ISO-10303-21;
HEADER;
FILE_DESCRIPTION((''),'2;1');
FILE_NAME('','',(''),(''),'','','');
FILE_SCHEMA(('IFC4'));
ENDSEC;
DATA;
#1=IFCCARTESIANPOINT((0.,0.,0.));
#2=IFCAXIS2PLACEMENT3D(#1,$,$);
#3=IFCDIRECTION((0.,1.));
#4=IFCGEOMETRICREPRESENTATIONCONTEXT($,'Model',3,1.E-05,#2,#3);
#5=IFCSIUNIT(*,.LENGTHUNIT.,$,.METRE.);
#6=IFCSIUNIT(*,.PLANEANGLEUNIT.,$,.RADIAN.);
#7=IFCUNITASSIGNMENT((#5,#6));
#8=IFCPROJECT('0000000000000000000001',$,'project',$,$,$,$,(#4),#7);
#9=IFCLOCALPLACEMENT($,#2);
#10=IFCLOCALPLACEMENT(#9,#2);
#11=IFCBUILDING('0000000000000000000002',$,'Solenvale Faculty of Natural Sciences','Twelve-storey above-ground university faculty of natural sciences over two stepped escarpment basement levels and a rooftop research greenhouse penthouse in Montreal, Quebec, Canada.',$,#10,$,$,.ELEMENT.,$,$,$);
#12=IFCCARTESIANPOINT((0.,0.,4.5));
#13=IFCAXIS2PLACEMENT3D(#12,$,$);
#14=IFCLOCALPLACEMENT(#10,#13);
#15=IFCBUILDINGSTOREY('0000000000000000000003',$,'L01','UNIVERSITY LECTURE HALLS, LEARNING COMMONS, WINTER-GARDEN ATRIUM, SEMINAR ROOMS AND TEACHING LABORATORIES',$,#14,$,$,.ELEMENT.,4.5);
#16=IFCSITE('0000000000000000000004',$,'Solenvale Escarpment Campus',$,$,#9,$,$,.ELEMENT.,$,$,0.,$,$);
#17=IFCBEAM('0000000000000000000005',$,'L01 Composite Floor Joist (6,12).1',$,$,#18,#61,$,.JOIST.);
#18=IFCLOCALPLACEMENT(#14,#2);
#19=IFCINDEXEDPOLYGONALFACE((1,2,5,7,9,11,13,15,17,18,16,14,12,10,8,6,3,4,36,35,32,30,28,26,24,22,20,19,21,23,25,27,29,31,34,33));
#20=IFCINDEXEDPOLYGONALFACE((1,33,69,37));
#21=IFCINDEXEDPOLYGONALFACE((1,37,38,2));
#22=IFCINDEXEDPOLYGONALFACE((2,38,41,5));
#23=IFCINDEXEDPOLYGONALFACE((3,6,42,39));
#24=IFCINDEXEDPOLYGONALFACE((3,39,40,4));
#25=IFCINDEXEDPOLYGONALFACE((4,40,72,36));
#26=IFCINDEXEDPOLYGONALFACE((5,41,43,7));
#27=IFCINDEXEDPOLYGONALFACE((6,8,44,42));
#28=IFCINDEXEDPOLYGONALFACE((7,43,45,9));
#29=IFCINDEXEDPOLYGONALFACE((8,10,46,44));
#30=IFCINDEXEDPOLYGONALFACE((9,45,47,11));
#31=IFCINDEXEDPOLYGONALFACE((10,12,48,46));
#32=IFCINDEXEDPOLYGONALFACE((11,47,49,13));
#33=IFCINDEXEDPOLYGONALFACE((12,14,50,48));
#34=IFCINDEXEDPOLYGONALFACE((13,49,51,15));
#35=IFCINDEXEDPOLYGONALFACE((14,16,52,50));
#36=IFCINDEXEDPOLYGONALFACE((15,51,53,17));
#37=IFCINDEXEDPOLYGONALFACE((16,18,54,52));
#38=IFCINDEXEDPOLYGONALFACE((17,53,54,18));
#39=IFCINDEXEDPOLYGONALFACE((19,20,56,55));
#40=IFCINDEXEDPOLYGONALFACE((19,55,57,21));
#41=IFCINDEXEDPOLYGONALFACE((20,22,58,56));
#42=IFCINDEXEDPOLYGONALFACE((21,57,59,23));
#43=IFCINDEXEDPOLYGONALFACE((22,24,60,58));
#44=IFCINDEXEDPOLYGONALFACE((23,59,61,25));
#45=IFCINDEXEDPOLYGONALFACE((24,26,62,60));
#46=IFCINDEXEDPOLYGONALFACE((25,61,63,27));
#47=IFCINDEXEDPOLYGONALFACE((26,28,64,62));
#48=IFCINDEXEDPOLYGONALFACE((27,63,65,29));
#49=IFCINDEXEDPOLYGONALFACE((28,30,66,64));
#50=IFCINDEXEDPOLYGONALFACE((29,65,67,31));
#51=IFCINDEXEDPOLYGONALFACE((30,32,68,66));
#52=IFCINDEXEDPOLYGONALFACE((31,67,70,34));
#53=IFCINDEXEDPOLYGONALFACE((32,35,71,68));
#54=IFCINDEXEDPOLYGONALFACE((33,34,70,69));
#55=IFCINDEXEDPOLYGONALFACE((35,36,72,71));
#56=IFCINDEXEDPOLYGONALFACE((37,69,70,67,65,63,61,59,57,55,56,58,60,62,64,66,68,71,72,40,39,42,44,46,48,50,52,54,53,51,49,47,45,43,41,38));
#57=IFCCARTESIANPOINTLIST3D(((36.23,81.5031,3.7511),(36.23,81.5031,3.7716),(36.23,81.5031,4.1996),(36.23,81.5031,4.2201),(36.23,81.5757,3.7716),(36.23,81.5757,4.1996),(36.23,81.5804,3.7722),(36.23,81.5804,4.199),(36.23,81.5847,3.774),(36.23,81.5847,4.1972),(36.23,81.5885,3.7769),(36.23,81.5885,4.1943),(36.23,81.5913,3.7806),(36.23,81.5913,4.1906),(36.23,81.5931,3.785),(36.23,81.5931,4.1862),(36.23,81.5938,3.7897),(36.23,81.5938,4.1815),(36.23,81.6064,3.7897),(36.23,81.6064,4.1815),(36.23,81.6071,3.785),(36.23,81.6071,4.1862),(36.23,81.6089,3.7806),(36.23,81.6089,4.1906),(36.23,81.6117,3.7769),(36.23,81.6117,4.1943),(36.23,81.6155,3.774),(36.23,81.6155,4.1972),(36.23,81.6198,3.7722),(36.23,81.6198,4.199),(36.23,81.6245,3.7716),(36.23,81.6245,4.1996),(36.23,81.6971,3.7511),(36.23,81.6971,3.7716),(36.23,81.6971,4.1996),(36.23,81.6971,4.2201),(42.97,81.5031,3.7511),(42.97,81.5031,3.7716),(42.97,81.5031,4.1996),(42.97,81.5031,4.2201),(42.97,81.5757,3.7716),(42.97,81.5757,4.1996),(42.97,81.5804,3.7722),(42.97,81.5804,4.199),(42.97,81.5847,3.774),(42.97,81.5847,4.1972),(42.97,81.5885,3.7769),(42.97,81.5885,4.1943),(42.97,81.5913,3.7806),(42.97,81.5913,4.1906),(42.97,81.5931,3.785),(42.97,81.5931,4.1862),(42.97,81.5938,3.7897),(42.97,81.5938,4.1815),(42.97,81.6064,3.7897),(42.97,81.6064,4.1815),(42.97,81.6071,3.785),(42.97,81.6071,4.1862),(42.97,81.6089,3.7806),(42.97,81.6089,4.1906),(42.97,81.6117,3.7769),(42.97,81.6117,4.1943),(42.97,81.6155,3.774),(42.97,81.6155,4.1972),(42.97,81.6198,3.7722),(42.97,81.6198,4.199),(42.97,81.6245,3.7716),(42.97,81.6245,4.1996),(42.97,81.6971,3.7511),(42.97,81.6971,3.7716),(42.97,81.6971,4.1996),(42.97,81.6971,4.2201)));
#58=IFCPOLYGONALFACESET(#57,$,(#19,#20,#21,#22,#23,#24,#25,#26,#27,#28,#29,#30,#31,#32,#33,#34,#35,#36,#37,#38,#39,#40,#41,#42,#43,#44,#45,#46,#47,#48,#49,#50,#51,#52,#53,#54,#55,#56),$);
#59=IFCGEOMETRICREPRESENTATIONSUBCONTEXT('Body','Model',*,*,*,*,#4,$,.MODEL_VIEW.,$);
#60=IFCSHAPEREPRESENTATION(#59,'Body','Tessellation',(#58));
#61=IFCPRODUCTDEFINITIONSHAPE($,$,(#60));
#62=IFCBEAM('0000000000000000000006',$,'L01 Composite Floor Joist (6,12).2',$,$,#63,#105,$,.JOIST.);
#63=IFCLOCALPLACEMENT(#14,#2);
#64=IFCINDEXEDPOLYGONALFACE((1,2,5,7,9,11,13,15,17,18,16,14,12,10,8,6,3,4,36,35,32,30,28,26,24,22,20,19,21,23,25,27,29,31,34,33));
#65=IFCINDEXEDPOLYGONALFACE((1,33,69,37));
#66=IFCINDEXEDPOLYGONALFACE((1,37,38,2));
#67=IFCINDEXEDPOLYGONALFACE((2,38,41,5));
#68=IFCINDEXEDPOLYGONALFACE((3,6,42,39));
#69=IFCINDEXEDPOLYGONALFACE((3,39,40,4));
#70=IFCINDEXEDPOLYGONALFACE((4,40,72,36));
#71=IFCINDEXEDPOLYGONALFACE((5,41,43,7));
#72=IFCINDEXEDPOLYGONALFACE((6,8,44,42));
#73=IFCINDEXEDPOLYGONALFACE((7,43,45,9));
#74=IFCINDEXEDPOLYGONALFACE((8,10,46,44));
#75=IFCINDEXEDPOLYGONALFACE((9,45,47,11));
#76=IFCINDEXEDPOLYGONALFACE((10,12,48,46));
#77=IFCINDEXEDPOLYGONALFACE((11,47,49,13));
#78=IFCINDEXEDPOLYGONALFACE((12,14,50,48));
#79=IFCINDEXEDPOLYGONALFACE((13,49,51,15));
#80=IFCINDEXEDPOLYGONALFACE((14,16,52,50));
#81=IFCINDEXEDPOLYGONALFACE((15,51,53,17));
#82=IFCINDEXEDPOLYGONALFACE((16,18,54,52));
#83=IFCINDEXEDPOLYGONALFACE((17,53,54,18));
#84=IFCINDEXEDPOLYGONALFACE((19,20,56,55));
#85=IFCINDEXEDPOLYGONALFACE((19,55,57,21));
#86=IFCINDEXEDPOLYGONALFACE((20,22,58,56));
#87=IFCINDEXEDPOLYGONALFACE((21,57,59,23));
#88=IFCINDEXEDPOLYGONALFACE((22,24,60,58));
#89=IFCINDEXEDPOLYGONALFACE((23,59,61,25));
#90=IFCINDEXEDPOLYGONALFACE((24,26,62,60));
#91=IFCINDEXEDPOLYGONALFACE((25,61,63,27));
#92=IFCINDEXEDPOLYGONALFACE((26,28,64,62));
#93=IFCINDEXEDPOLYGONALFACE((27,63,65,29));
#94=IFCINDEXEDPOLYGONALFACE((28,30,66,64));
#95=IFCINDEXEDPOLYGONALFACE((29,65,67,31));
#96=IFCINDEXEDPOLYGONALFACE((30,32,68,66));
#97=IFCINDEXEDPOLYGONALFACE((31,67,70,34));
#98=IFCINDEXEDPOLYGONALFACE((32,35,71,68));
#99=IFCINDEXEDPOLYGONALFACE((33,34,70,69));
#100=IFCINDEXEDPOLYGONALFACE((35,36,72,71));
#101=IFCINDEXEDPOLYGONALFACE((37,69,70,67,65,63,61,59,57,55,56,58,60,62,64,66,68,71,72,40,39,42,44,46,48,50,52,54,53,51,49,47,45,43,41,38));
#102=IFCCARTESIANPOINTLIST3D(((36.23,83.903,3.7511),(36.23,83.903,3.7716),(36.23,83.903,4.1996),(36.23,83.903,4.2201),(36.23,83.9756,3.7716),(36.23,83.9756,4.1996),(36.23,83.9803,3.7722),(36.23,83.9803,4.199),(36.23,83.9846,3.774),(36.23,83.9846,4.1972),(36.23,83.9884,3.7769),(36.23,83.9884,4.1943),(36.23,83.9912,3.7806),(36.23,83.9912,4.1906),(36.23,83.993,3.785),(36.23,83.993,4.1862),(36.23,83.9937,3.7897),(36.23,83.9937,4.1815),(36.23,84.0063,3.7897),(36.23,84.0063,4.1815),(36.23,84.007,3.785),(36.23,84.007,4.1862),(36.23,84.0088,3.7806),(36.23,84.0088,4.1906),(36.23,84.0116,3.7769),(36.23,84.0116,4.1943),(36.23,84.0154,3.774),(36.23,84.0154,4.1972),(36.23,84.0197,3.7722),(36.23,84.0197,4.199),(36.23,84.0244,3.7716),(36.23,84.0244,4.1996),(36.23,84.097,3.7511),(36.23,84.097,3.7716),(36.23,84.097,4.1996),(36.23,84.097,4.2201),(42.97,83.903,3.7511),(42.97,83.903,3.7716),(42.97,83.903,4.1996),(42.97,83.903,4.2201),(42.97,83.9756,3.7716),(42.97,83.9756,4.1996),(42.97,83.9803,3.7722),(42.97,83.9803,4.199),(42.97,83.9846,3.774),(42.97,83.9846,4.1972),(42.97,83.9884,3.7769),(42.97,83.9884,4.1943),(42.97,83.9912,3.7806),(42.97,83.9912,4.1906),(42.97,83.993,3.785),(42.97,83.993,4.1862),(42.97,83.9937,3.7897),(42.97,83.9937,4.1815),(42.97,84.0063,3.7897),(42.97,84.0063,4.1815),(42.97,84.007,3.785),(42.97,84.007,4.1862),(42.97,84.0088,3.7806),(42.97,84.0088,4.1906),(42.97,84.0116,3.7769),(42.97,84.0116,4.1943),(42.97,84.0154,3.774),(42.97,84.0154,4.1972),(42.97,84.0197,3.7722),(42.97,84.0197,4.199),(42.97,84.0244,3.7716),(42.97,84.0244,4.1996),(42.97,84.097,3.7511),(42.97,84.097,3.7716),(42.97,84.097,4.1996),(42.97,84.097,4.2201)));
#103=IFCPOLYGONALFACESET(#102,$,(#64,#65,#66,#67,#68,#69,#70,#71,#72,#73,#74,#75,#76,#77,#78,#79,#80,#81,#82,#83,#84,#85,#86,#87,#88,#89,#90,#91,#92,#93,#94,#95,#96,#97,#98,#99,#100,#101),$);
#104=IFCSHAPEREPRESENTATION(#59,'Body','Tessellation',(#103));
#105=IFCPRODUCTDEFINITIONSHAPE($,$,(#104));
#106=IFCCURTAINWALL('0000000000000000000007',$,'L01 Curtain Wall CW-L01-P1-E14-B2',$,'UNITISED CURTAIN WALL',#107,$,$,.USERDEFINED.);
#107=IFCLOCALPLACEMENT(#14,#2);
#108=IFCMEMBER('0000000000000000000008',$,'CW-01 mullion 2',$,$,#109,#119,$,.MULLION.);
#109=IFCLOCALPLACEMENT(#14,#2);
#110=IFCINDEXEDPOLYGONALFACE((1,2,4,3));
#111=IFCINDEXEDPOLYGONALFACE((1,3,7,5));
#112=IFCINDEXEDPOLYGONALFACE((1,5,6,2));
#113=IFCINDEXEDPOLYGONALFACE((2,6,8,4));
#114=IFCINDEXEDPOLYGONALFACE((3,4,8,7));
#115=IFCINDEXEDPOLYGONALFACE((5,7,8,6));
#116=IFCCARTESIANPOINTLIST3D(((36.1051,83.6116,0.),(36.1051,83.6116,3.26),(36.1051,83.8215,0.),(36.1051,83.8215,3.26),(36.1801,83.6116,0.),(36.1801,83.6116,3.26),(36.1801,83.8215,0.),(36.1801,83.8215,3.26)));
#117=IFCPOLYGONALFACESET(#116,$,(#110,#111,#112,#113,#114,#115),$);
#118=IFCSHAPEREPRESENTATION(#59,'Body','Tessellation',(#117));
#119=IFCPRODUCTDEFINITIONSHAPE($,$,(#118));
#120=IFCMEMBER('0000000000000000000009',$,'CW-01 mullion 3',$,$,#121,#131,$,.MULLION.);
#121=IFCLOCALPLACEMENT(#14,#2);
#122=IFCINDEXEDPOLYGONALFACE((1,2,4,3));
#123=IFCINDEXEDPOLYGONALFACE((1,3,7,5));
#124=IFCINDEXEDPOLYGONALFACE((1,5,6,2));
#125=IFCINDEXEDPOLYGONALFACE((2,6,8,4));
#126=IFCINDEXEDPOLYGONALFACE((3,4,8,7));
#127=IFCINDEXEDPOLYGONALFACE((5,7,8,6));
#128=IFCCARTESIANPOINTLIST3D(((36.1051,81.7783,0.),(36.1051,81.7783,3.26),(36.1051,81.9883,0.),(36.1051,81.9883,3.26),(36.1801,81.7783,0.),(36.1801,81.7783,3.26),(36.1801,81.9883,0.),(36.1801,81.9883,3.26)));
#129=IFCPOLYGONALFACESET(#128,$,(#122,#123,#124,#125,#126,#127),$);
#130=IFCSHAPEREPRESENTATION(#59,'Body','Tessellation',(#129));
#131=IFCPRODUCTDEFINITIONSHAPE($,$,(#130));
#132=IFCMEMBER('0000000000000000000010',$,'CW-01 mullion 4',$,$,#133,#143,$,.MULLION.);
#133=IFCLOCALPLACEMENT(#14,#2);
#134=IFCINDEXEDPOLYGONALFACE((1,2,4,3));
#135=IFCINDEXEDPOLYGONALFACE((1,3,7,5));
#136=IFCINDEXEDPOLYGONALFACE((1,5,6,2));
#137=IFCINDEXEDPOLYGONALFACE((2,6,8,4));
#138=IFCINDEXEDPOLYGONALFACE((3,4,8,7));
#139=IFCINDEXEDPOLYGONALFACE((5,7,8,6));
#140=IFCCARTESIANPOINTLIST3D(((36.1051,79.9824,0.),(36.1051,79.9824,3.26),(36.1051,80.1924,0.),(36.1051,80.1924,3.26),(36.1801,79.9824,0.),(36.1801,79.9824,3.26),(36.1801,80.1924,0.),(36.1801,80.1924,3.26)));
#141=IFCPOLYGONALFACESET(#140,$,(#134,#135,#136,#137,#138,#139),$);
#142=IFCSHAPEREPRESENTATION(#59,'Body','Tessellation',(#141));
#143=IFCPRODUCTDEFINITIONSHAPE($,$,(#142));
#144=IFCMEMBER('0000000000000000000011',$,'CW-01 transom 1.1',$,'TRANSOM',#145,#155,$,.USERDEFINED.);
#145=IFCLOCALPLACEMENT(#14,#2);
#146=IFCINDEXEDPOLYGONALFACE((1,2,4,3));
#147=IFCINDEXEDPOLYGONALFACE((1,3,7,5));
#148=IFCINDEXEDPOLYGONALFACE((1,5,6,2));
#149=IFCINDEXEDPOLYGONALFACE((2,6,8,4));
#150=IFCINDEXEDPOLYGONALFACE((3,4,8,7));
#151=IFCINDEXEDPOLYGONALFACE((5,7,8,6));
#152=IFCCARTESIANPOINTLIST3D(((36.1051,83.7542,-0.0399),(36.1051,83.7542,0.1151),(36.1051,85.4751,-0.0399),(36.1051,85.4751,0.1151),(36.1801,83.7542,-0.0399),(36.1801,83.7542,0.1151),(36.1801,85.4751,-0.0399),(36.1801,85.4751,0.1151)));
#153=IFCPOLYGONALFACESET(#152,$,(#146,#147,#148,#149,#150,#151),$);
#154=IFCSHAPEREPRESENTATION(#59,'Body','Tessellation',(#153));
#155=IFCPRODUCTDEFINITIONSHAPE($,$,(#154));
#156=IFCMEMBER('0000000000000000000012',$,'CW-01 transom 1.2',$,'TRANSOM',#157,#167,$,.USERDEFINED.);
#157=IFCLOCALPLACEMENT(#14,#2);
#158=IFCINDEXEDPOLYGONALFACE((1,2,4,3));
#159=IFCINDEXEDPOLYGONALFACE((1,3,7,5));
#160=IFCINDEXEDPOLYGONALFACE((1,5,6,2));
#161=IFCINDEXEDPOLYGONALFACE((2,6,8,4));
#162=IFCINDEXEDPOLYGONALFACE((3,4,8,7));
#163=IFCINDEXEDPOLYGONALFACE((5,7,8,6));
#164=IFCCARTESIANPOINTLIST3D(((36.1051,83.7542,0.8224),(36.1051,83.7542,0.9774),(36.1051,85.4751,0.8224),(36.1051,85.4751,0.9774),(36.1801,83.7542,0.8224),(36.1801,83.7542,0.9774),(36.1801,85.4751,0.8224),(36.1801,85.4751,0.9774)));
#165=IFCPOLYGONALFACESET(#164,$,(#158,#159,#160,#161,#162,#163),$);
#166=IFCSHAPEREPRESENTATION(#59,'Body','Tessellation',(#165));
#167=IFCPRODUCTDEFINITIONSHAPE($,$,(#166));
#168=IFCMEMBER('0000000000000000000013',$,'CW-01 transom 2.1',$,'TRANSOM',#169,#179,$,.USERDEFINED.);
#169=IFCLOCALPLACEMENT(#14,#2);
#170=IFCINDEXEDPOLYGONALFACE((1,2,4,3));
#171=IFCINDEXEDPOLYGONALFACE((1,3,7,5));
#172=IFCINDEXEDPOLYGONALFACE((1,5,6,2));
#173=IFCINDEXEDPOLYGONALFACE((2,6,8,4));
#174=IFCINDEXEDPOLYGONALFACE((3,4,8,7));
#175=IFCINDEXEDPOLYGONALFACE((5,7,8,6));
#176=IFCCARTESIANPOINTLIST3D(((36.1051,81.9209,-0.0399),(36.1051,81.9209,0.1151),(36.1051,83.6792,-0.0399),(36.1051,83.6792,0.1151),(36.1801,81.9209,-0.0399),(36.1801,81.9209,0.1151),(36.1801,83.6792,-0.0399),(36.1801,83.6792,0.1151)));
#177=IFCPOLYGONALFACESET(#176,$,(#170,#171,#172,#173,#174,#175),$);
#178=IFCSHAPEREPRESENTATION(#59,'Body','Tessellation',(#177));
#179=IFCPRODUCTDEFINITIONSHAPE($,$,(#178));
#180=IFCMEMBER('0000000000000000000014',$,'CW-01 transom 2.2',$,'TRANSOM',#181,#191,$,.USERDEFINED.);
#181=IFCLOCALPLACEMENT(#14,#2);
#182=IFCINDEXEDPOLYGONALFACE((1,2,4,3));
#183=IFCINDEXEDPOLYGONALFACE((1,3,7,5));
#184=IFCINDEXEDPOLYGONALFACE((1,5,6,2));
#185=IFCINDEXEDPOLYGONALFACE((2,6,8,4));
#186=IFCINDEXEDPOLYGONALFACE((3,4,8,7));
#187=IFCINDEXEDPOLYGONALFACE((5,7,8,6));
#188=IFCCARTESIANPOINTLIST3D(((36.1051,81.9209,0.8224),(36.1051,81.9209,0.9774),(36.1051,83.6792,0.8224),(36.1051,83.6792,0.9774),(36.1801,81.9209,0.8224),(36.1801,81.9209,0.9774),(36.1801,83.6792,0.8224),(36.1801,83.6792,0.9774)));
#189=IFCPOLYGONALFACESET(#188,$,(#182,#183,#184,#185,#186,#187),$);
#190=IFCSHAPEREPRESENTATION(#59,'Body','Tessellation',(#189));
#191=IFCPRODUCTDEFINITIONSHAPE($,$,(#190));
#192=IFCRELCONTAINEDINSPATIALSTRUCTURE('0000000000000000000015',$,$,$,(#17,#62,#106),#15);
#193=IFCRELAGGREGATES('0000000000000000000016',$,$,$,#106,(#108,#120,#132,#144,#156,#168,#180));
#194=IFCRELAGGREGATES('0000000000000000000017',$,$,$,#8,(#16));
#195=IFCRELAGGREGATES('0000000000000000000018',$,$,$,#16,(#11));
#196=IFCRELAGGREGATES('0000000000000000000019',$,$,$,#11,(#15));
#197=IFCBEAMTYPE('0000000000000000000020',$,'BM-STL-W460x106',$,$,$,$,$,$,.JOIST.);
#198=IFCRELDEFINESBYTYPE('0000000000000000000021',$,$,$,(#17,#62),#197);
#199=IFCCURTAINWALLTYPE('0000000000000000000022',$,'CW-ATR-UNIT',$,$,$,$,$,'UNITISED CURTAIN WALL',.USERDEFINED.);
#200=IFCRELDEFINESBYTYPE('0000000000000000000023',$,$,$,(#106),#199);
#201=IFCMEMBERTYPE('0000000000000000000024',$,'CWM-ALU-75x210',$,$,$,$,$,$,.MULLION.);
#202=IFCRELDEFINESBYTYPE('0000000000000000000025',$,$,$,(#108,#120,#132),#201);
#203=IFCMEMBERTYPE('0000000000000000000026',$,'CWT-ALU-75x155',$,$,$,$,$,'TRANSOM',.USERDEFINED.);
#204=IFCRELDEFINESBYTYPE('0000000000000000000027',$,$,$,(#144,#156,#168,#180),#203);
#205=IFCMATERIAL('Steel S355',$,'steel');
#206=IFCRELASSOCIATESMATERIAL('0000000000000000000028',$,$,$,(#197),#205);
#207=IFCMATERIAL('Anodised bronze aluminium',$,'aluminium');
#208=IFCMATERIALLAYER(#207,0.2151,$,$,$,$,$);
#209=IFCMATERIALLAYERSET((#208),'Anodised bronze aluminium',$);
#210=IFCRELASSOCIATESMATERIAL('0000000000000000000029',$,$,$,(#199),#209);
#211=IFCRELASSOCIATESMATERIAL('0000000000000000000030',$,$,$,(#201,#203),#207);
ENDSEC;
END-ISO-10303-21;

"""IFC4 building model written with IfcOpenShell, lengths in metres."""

from ifc_helpers import new_model, si_unit, direction, frame, origin, origin_2d, place, context, subcontext, project, spatial, rectangle, i_section, extrude, material, layer, layer_set, material_profile, profile_set, type_object, element, aggregate, save


model = new_model("IFC4")

# Units and contexts
model_context = context("Model", 3, precision=1e-05, world=origin(), true_north=direction((0.0, 1.0)))
body_context = subcontext(model_context, "Body", "Model", "MODEL_VIEW")
ifc_project = project(units=[si_unit("LENGTHUNIT", "METRE"), si_unit("PLANEANGLEUNIT", "RADIAN")], contexts=[model_context])

# Site, building, storey
site_placement = place(None, origin())
site = spatial("IfcSite", under=ifc_project, at=site_placement, Name="Solenvale Escarpment Campus", CompositionType="ELEMENT", RefElevation=0.0)
building_placement = place(site_placement, origin())
building = spatial("IfcBuilding", under=site, at=building_placement, Name="Solenvale Faculty of Natural Sciences", Description="Twelve-storey above-ground university faculty of natural sciences over two stepped escarpment basement levels and a rooftop research greenhouse penthouse in Montreal, Quebec, Canada.", CompositionType="ELEMENT")
storey_placement = place(building_placement, frame((0.0, 0.0, 4.5)))
storey = spatial("IfcBuildingStorey", under=building, at=storey_placement, Name="L01", Description="UNIVERSITY LECTURE HALLS, LEARNING COMMONS, WINTER-GARDEN ATRIUM, SEMINAR ROOMS AND TEACHING LABORATORIES", CompositionType="ELEMENT", Elevation=4.5)

# Beams
ifc_material_1 = material(Name="Steel S355", Category="steel")
ifc_material_profile_1 = material_profile(ifc_material_1, i_section(OverallWidth=0.1941, OverallDepth=0.469, WebThickness=0.0127, FlangeThickness=0.0205, FilletRadius=0.0181, at=origin_2d()), Name="W460x106")
ifc_profile_set_1 = profile_set([ifc_material_profile_1], Name="Steel S355")
beam_type = type_object("IfcBeamType", Name="BM-STL-W460x106", PredefinedType="JOIST", material=ifc_profile_set_1)
for number, where, z_axis, x_axis, name in (
    (1, (36.23, 81.6001, 3.9856), (1.0, 0.0, 0.0), (0.0, 1.0, 0.0), "L01 Composite Floor Joist (6,12).1"),
    (2, (36.23, 84.0, 3.9856), (1.0, 0.0, 0.0), (0.0, 1.0, 0.0), "L01 Composite Floor Joist (6,12).2"),
):
    element("IfcBeam", number, at=place(storey_placement, frame(where, z_axis=z_axis, x_axis=x_axis)), inside=storey, type_object=beam_type, Name=name, PredefinedType="JOIST", context=body_context, shape_type="SweptSolid", body=[
        extrude(i_section(OverallWidth=0.1941, OverallDepth=0.469, WebThickness=0.0127, FlangeThickness=0.0205, FilletRadius=0.0181, at=origin_2d()), origin(), (0.0, 0.0, 1.0), 6.74),
    ])

# Curtain wall, members
ifc_material_2 = material(Name="Anodised bronze aluminium", Category="aluminium")
ifc_layer_1 = layer(ifc_material_2, 0.2151)
ifc_layer_set_1 = layer_set([ifc_layer_1], Name="Anodised bronze aluminium")
curtain_wall_type = type_object("IfcCurtainWallType", Name="CW-ATR-UNIT", ElementType="UNITISED CURTAIN WALL", PredefinedType="USERDEFINED", material=ifc_layer_set_1)
curtain_wall_placement = place(storey_placement, origin())
curtain_wall = element("IfcCurtainWall", 3, at=curtain_wall_placement, inside=storey, type_object=curtain_wall_type, Name="L01 Curtain Wall CW-L01-P1-E14-B2", ObjectType="UNITISED CURTAIN WALL", PredefinedType="USERDEFINED")
ifc_material_profile_2 = material_profile(ifc_material_2, rectangle(XDim=0.075, YDim=0.21, at=origin_2d()), Name="ALU-MUL-75x210")
ifc_profile_set_2 = profile_set([ifc_material_profile_2], Name="Anodised bronze aluminium")
member_type_1 = type_object("IfcMemberType", Name="CWM-ALU-75x210", PredefinedType="MULLION", material=ifc_profile_set_2)
member_1_placement = place(storey_placement, frame((36.1426, 83.7166, 0.0), z_axis=(0.0, 0.0, 1.0), x_axis=(1.0, 0.0, 0.0)))
member_1 = element("IfcMember", 4, at=member_1_placement, type_object=member_type_1, Name="CW-01 mullion 2", PredefinedType="MULLION", context=body_context, shape_type="SweptSolid", body=[
    extrude(rectangle(XDim=0.075, YDim=0.21, at=origin_2d()), origin(), (0.0, 0.0, 1.0), 3.26),
])
member_2_placement = place(storey_placement, frame((36.1426, 81.8833, 0.0), z_axis=(0.0, 0.0, 1.0), x_axis=(1.0, 0.0, 0.0)))
member_2 = element("IfcMember", 5, at=member_2_placement, type_object=member_type_1, Name="CW-01 mullion 3", PredefinedType="MULLION", context=body_context, shape_type="SweptSolid", body=[
    extrude(rectangle(XDim=0.075, YDim=0.21, at=origin_2d()), origin(), (0.0, 0.0, 1.0), 3.26),
])
member_3_placement = place(storey_placement, frame((36.1426, 80.0874, 0.0), z_axis=(0.0, 0.0, 1.0), x_axis=(1.0, 0.0, 0.0)))
member_3 = element("IfcMember", 6, at=member_3_placement, type_object=member_type_1, Name="CW-01 mullion 4", PredefinedType="MULLION", context=body_context, shape_type="SweptSolid", body=[
    extrude(rectangle(XDim=0.075, YDim=0.21, at=origin_2d()), origin(), (0.0, 0.0, 1.0), 3.26),
])
ifc_material_profile_3 = material_profile(ifc_material_2, rectangle(XDim=0.075, YDim=0.155, at=origin_2d()), Name="ALU-TRN-75x155")
ifc_profile_set_3 = profile_set([ifc_material_profile_3], Name="Anodised bronze aluminium")
member_type_2 = type_object("IfcMemberType", Name="CWT-ALU-75x155", ElementType="TRANSOM", PredefinedType="USERDEFINED", material=ifc_profile_set_3)
member_4_placement = place(storey_placement, frame((36.1426, 85.4751, 0.0376), z_axis=(0.0, -1.0, 0.0), x_axis=(1.0, 0.0, 0.0)))
member_4 = element("IfcMember", 7, at=member_4_placement, type_object=member_type_2, Name="CW-01 transom 1.1", ObjectType="TRANSOM", PredefinedType="USERDEFINED", context=body_context, shape_type="SweptSolid", body=[
    extrude(rectangle(XDim=0.075, YDim=0.155, at=origin_2d()), origin(), (0.0, 0.0, 1.0), 1.7209),
])
member_5_placement = place(storey_placement, frame((36.1426, 85.4751, 0.8999), z_axis=(0.0, -1.0, 0.0), x_axis=(1.0, 0.0, 0.0)))
member_5 = element("IfcMember", 8, at=member_5_placement, type_object=member_type_2, Name="CW-01 transom 1.2", ObjectType="TRANSOM", PredefinedType="USERDEFINED", context=body_context, shape_type="SweptSolid", body=[
    extrude(rectangle(XDim=0.075, YDim=0.155, at=origin_2d()), origin(), (0.0, 0.0, 1.0), 1.7209),
])
member_6_placement = place(storey_placement, frame((36.1426, 83.6792, 0.0376), z_axis=(0.0, -1.0, 0.0), x_axis=(1.0, 0.0, 0.0)))
member_6 = element("IfcMember", 9, at=member_6_placement, type_object=member_type_2, Name="CW-01 transom 2.1", ObjectType="TRANSOM", PredefinedType="USERDEFINED", context=body_context, shape_type="SweptSolid", body=[
    extrude(rectangle(XDim=0.075, YDim=0.155, at=origin_2d()), origin(), (0.0, 0.0, 1.0), 1.7583),
])
member_7_placement = place(storey_placement, frame((36.1426, 83.6792, 0.8999), z_axis=(0.0, -1.0, 0.0), x_axis=(1.0, 0.0, 0.0)))
member_7 = element("IfcMember", 10, at=member_7_placement, type_object=member_type_2, Name="CW-01 transom 2.2", ObjectType="TRANSOM", PredefinedType="USERDEFINED", context=body_context, shape_type="SweptSolid", body=[
    extrude(rectangle(XDim=0.075, YDim=0.155, at=origin_2d()), origin(), (0.0, 0.0, 1.0), 1.7583),
])
aggregate(curtain_wall, [member_1, member_2, member_3, member_4, member_5, member_6, member_7])

save(model, "model.ifc")
